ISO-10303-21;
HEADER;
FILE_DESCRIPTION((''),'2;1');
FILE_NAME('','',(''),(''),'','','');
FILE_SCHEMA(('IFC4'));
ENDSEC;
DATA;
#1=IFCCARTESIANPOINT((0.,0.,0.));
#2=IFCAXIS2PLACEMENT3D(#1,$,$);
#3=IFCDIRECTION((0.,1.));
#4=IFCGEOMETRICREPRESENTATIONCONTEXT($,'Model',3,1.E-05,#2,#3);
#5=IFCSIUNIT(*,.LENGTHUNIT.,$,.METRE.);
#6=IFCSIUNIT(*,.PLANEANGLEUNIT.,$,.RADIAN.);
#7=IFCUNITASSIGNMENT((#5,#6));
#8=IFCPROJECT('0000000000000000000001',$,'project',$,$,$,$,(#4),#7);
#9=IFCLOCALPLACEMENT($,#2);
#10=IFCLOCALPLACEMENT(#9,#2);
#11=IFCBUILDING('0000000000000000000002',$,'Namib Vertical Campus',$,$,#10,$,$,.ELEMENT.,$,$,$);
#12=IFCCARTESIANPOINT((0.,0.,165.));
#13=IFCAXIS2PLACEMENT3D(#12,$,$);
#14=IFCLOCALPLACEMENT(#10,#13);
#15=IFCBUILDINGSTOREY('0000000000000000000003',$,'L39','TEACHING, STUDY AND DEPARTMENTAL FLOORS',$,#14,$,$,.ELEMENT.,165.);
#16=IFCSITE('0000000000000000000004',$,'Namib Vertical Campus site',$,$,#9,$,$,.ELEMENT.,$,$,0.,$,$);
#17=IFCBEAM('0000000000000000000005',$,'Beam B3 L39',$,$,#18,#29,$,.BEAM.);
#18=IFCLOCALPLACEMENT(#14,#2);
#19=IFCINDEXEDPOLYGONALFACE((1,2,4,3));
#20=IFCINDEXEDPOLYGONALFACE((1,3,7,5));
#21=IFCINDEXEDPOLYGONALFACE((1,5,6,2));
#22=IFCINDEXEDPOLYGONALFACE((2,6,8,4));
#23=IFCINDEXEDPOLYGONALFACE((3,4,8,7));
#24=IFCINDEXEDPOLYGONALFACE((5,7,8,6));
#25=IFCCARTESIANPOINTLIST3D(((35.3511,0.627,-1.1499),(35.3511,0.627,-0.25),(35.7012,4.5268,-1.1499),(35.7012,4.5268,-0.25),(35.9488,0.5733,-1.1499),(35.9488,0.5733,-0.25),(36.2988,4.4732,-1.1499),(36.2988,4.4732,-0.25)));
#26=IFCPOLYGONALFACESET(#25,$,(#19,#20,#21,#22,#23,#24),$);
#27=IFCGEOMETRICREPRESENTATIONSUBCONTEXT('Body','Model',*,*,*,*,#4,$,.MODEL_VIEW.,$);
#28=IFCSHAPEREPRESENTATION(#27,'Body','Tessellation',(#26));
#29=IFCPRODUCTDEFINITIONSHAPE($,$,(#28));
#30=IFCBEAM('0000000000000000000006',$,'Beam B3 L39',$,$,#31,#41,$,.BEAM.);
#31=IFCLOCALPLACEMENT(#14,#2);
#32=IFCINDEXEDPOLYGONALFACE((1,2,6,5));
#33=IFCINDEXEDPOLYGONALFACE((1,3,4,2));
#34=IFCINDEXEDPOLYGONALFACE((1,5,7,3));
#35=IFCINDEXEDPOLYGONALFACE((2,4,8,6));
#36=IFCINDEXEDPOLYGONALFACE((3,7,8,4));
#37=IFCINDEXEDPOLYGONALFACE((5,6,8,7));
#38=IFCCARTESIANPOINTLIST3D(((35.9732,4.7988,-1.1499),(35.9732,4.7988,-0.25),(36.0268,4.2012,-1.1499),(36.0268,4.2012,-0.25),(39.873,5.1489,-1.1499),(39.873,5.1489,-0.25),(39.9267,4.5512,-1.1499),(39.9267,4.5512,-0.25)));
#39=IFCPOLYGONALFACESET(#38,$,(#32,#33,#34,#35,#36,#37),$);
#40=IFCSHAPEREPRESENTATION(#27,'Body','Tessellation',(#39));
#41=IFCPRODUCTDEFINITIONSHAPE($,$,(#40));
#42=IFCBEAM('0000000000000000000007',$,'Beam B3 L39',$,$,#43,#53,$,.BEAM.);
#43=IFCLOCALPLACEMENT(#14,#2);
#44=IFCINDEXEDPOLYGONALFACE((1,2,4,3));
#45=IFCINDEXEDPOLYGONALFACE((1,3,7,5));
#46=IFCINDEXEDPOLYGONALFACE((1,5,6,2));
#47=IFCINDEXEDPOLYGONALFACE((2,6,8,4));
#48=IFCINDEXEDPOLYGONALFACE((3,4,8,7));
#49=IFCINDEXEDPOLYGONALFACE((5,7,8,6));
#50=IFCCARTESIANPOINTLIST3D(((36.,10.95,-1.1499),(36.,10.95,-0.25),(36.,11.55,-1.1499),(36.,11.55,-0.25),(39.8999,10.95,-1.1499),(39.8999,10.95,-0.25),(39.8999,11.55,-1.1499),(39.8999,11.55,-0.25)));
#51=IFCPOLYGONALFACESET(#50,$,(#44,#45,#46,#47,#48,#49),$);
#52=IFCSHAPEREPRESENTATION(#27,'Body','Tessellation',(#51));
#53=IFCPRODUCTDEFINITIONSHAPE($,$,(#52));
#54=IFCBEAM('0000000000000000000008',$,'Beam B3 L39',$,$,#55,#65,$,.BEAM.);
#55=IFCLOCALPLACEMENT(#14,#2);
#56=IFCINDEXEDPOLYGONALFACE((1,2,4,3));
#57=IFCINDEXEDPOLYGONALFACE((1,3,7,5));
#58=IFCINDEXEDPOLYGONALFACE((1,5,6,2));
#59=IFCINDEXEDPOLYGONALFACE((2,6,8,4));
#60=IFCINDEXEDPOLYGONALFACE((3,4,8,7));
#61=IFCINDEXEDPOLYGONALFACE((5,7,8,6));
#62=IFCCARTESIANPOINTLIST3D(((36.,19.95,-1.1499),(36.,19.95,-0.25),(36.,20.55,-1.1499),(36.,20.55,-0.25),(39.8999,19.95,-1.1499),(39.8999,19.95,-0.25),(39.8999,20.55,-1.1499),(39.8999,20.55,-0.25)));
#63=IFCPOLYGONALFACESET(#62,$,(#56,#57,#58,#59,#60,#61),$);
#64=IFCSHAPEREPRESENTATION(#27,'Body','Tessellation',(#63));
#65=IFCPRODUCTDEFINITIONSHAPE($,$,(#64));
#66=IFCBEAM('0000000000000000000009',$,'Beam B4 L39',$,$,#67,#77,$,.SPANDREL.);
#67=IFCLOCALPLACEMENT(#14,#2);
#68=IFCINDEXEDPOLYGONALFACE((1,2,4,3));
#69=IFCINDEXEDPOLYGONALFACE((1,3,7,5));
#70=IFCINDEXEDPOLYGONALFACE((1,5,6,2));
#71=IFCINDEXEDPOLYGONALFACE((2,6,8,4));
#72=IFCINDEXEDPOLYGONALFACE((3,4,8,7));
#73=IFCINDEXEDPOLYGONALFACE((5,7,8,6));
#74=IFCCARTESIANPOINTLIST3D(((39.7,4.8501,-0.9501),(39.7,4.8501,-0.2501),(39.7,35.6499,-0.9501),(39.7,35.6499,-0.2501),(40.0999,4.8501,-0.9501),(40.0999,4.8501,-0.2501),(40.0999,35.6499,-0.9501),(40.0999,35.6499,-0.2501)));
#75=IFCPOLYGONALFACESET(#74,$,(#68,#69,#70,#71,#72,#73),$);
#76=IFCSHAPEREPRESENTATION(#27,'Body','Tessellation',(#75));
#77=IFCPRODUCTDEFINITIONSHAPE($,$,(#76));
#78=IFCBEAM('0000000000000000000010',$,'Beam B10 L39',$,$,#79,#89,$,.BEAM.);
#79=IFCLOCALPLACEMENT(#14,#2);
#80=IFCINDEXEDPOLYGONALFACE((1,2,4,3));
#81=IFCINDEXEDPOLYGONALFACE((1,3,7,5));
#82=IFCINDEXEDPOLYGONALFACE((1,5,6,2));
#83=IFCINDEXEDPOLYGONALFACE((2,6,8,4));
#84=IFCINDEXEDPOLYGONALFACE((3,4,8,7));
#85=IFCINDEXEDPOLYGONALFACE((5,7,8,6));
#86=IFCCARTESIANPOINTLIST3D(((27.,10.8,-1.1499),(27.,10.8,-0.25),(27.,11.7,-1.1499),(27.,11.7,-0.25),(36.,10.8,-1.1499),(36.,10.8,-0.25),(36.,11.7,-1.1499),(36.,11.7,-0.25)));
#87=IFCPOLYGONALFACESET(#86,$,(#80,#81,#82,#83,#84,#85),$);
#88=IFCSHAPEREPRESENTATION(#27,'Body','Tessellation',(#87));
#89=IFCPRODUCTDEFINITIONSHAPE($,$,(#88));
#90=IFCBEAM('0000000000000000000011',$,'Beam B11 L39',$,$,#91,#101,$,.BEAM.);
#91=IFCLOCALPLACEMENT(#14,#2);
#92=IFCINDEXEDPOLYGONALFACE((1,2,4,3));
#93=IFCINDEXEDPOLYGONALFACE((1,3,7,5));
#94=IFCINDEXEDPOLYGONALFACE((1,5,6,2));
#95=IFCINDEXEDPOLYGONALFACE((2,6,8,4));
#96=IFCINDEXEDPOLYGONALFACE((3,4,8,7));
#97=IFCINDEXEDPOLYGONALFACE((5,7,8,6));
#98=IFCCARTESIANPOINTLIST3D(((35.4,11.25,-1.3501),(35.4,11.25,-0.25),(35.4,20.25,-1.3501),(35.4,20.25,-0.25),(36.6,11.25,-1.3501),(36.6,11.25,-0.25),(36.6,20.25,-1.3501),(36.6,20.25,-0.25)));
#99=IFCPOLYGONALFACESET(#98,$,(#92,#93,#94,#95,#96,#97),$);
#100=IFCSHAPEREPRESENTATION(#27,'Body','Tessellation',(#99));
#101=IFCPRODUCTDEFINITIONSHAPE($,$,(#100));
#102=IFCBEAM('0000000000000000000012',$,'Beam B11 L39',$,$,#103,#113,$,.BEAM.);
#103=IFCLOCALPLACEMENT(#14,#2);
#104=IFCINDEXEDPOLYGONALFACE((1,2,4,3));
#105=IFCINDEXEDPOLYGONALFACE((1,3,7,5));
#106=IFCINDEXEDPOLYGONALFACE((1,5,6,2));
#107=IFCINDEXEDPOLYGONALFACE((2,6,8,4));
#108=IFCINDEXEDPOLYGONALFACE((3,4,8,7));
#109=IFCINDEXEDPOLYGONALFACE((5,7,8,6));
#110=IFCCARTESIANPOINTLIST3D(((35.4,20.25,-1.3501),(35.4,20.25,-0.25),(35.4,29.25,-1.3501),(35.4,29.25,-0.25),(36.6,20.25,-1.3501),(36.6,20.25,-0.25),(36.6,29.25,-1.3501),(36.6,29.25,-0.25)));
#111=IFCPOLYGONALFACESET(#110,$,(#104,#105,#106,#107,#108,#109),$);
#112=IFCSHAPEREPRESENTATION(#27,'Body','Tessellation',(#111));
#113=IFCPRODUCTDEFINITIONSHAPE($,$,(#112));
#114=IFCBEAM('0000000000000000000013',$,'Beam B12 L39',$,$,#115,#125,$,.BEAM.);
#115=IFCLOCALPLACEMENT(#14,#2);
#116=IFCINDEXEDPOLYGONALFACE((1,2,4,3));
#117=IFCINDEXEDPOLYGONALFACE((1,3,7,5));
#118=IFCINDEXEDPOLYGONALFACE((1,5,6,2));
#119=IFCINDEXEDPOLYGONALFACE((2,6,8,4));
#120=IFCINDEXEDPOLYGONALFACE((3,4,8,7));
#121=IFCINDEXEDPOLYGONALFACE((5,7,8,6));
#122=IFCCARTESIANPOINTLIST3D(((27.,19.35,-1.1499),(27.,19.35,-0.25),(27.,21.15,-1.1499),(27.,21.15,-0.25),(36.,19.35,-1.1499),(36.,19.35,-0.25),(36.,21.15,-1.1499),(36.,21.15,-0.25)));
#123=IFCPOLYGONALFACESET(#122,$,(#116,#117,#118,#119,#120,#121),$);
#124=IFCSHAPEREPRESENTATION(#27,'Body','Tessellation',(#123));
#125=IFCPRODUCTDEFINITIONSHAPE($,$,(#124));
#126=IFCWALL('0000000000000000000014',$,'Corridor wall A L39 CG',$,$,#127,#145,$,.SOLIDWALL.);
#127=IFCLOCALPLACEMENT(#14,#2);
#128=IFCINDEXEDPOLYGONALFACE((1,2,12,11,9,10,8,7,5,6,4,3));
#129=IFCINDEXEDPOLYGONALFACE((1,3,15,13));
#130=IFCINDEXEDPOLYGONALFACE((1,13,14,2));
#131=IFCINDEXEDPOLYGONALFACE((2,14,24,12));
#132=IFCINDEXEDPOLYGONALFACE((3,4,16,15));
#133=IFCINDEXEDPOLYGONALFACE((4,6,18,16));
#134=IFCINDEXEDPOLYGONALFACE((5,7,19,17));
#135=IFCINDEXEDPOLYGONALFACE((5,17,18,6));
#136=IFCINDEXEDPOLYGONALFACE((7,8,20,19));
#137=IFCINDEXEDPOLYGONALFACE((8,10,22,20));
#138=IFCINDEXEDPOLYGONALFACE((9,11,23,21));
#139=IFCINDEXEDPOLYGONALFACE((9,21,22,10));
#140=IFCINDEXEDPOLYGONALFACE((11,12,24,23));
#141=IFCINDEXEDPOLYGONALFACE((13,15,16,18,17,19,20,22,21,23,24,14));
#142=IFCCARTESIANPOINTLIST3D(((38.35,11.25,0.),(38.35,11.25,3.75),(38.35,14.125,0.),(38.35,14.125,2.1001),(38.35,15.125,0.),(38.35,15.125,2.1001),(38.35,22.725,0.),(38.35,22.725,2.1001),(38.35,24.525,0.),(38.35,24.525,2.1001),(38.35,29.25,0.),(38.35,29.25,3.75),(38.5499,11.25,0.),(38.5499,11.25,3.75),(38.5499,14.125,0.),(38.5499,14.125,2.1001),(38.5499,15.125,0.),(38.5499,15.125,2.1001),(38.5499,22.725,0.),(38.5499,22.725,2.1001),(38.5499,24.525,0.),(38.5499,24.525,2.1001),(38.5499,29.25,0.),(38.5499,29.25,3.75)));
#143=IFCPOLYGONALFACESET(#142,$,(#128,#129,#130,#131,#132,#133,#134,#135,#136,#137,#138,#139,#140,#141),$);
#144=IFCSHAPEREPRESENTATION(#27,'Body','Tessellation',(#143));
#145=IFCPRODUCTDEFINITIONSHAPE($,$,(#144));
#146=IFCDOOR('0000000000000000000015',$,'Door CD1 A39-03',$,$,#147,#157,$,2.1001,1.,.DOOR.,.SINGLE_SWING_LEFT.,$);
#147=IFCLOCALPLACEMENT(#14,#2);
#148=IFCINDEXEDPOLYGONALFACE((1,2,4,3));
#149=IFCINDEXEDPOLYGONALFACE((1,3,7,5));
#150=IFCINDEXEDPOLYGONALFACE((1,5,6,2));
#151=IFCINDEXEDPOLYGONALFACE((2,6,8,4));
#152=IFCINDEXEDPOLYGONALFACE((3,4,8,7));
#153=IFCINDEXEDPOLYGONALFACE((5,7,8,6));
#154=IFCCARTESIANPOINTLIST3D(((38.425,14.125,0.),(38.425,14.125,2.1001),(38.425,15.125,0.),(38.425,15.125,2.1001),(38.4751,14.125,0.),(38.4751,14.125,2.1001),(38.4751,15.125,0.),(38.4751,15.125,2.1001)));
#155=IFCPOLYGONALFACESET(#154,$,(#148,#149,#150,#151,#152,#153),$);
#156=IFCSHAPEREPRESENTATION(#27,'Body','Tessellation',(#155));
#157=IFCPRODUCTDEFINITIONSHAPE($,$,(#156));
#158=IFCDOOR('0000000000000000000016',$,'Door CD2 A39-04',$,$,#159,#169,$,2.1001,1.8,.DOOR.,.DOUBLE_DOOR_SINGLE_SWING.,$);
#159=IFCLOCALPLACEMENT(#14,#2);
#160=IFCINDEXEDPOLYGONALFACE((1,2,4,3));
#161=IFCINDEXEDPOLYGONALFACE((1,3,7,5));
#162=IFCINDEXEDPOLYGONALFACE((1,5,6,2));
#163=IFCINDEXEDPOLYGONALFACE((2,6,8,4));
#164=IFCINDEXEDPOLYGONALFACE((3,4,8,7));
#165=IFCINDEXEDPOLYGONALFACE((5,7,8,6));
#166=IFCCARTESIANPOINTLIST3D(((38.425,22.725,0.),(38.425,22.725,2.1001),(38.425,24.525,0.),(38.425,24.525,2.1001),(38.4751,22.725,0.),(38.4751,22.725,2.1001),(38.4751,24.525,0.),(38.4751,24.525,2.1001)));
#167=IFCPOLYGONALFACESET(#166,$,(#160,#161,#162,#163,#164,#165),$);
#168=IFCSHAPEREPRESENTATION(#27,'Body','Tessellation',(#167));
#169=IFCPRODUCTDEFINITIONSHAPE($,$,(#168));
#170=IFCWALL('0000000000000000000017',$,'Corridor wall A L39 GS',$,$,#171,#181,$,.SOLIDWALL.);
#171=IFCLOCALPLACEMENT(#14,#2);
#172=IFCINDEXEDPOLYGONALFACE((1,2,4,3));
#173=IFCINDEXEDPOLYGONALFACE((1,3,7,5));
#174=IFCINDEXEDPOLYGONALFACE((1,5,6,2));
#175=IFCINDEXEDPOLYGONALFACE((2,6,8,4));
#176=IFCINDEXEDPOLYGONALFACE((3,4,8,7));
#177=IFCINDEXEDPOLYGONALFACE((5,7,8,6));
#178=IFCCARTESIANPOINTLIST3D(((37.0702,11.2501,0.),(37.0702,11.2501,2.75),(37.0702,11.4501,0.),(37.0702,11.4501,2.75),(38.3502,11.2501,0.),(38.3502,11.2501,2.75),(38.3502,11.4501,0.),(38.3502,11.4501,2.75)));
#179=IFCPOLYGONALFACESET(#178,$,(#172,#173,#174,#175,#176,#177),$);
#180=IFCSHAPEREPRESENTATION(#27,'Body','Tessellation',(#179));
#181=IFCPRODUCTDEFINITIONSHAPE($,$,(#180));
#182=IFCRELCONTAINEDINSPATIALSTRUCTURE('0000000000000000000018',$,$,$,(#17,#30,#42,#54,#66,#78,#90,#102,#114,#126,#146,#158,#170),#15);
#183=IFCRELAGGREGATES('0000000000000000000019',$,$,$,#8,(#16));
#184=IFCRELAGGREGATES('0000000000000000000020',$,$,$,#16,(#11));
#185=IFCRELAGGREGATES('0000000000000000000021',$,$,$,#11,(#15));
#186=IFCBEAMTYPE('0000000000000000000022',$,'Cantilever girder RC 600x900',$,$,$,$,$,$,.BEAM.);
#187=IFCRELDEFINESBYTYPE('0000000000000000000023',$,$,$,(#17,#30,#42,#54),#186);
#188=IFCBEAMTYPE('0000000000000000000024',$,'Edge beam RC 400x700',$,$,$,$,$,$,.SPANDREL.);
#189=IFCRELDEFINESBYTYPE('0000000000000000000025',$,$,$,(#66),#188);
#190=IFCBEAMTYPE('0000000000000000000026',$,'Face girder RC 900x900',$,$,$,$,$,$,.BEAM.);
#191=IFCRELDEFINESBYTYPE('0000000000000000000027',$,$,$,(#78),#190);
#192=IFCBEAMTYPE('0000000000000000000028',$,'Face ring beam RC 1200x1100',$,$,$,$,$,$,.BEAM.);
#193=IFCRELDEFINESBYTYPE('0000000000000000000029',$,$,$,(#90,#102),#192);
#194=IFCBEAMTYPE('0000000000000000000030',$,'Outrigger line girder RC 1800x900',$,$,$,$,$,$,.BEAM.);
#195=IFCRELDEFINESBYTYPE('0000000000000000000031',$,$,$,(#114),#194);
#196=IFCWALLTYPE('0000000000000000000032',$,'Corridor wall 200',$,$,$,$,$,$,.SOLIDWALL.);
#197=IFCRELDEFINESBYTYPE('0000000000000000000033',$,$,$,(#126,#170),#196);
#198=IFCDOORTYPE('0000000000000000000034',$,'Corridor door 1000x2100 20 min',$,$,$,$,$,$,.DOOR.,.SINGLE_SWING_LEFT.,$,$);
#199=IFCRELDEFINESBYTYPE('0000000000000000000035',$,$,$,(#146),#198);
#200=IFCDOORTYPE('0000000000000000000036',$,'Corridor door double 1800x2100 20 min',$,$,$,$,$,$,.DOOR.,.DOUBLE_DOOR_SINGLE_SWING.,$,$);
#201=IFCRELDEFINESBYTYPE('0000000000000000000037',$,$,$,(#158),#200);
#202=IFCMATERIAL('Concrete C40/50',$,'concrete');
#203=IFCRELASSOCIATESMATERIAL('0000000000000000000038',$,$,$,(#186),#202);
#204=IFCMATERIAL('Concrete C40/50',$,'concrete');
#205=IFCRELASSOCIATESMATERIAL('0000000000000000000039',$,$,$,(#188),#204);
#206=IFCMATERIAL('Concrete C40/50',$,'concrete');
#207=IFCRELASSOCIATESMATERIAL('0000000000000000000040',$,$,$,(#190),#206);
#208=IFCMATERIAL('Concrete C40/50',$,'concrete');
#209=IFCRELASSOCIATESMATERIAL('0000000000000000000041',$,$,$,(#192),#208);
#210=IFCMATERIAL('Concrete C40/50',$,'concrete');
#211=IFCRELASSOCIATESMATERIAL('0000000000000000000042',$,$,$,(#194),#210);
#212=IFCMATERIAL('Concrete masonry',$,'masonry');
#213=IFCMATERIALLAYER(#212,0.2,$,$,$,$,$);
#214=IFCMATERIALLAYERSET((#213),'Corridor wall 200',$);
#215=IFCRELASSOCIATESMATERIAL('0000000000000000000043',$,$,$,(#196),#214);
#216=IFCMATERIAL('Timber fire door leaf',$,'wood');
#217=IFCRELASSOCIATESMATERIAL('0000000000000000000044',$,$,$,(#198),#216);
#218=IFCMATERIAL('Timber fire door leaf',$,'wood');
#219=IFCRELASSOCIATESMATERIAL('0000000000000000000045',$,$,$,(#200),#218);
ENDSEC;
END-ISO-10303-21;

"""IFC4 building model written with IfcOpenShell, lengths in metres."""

from ifc_helpers import new_model, si_unit, direction, frame, frame_2d, origin, origin_2d, place, context, subcontext, project, spatial, rectangle, extrude, material, layer, layer_set, material_profile, profile_set, type_object, element, fill, save


model = new_model("IFC4")

# Units and contexts
model_context = context("Model", 3, precision=1e-05, world=origin(), true_north=direction((0.0, 1.0)))
body_context = subcontext(model_context, "Body", "Model", "MODEL_VIEW")
ifc_project = project(units=[si_unit("LENGTHUNIT", "METRE"), si_unit("PLANEANGLEUNIT", "RADIAN")], contexts=[model_context])

# Site, building, storey
site_placement = place(None, origin())
site = spatial("IfcSite", under=ifc_project, at=site_placement, Name="Namib Vertical Campus site", CompositionType="ELEMENT", RefElevation=0.0)
building_placement = place(site_placement, origin())
building = spatial("IfcBuilding", under=site, at=building_placement, Name="Namib Vertical Campus", CompositionType="ELEMENT")
storey_placement = place(building_placement, frame((0.0, 0.0, 165.0)))
storey = spatial("IfcBuildingStorey", under=building, at=storey_placement, Name="L39", Description="TEACHING, STUDY AND DEPARTMENTAL FLOORS", CompositionType="ELEMENT", Elevation=165.0)

# Beams
ifc_material_1 = material(Name="Concrete C40/50", Category="concrete")
ifc_material_profile_1 = material_profile(ifc_material_1, rectangle(XDim=0.6001, YDim=0.8999, at=origin_2d()))
ifc_profile_set_1 = profile_set([ifc_material_profile_1], Name="Concrete C40/50")
beam_type_1 = type_object("IfcBeamType", Name="Cantilever girder RC 600x900", PredefinedType="BEAM", material=ifc_profile_set_1)
for number, where, z_axis, x_axis, name in (
    (1, (36.0, 4.5, -0.7), (-0.089411, -0.995995, 0.0), (0.995995, -0.089411, 0.0), "Beam B3 L39"),
    (2, (36.0, 4.5, -0.7), (0.995995, 0.089411, 0.0), (-0.089411, 0.995995, 0.0), "Beam B3 L39"),
):
    element("IfcBeam", number, at=place(storey_placement, frame(where, z_axis=z_axis, x_axis=x_axis)), inside=storey, type_object=beam_type_1, Name=name, PredefinedType="BEAM", context=body_context, shape_type="SweptSolid", body=[
        extrude(rectangle(XDim=0.6001, YDim=0.8999, at=origin_2d()), origin(), (0.0, 0.0, 1.0), 3.9155),
    ])
for number, where, z_axis, x_axis, name in (
    (3, (36.0, 11.25, -0.7), (1.0, 0.0, 0.0), (0.0, 1.0, 0.0), "Beam B3 L39"),
    (4, (36.0, 20.25, -0.7), (1.0, 0.0, 0.0), (0.0, 1.0, 0.0), "Beam B3 L39"),
):
    element("IfcBeam", number, at=place(storey_placement, frame(where, z_axis=z_axis, x_axis=x_axis)), inside=storey, type_object=beam_type_1, Name=name, PredefinedType="BEAM", context=body_context, shape_type="SweptSolid", body=[
        extrude(rectangle(XDim=0.6001, YDim=0.8999, at=origin_2d()), origin(), (0.0, 0.0, 1.0), 3.8999),
    ])
ifc_material_2 = material(Name="Concrete C40/50", Category="concrete")
ifc_material_profile_2 = material_profile(ifc_material_2, rectangle(XDim=0.3999, YDim=0.7, at=origin_2d()))
ifc_profile_set_2 = profile_set([ifc_material_profile_2], Name="Concrete C40/50")
beam_type_2 = type_object("IfcBeamType", Name="Edge beam RC 400x700", PredefinedType="SPANDREL", material=ifc_profile_set_2)
beam_1_placement = place(storey_placement, frame((39.8999, 4.8501, -0.6001), z_axis=(0.0, 1.0, 0.0), x_axis=(-1.0, 0.0, 0.0)))
element("IfcBeam", 5, at=beam_1_placement, inside=storey, type_object=beam_type_2, Name="Beam B4 L39", PredefinedType="SPANDREL", context=body_context, shape_type="SweptSolid", body=[
    extrude(rectangle(XDim=0.3999, YDim=0.7, at=origin_2d()), origin(), (0.0, 0.0, 1.0), 30.7998),
])
ifc_material_3 = material(Name="Concrete C40/50", Category="concrete")
ifc_material_profile_3 = material_profile(ifc_material_3, rectangle(XDim=0.8999, YDim=0.8999, at=origin_2d()))
ifc_profile_set_3 = profile_set([ifc_material_profile_3], Name="Concrete C40/50")
beam_type_3 = type_object("IfcBeamType", Name="Face girder RC 900x900", PredefinedType="BEAM", material=ifc_profile_set_3)
beam_2_placement = place(storey_placement, frame((36.0, 11.25, -0.7), z_axis=(-1.0, 0.0, 0.0), x_axis=(0.0, -1.0, 0.0)))
element("IfcBeam", 6, at=beam_2_placement, inside=storey, type_object=beam_type_3, Name="Beam B10 L39", PredefinedType="BEAM", context=body_context, shape_type="SweptSolid", body=[
    extrude(rectangle(XDim=0.8999, YDim=0.8999, at=origin_2d()), origin(), (0.0, 0.0, 1.0), 9.0),
])
ifc_material_4 = material(Name="Concrete C40/50", Category="concrete")
ifc_material_profile_4 = material_profile(ifc_material_4, rectangle(XDim=1.2, YDim=1.1001, at=origin_2d()))
ifc_profile_set_4 = profile_set([ifc_material_profile_4], Name="Concrete C40/50")
beam_type_4 = type_object("IfcBeamType", Name="Face ring beam RC 1200x1100", PredefinedType="BEAM", material=ifc_profile_set_4)
for number, where, z_axis, x_axis, name in (
    (7, (36.0, 11.25, -0.8), (0.0, 1.0, 0.0), (-1.0, 0.0, 0.0), "Beam B11 L39"),
    (8, (36.0, 20.25, -0.8), (0.0, 1.0, 0.0), (-1.0, 0.0, 0.0), "Beam B11 L39"),
):
    element("IfcBeam", number, at=place(storey_placement, frame(where, z_axis=z_axis, x_axis=x_axis)), inside=storey, type_object=beam_type_4, Name=name, PredefinedType="BEAM", context=body_context, shape_type="SweptSolid", body=[
        extrude(rectangle(XDim=1.2, YDim=1.1001, at=origin_2d()), origin(), (0.0, 0.0, 1.0), 9.0),
    ])
ifc_material_5 = material(Name="Concrete C40/50", Category="concrete")
ifc_material_profile_5 = material_profile(ifc_material_5, rectangle(XDim=1.8, YDim=0.8999, at=origin_2d()))
ifc_profile_set_5 = profile_set([ifc_material_profile_5], Name="Concrete C40/50")
beam_type_5 = type_object("IfcBeamType", Name="Outrigger line girder RC 1800x900", PredefinedType="BEAM", material=ifc_profile_set_5)
beam_3_placement = place(storey_placement, frame((36.0, 20.25, -0.7), z_axis=(-1.0, 0.0, 0.0), x_axis=(0.0, -1.0, 0.0)))
element("IfcBeam", 9, at=beam_3_placement, inside=storey, type_object=beam_type_5, Name="Beam B12 L39", PredefinedType="BEAM", context=body_context, shape_type="SweptSolid", body=[
    extrude(rectangle(XDim=1.8, YDim=0.8999, at=origin_2d()), origin(), (0.0, 0.0, 1.0), 9.0),
])

# Wall, openings, doors
ifc_material_6 = material(Name="Concrete masonry", Category="masonry")
ifc_layer_1 = layer(ifc_material_6, 0.2)
ifc_layer_set_1 = layer_set([ifc_layer_1], Name="Corridor wall 200")
wall_type_1 = type_object("IfcWallType", Name="Corridor wall 200", PredefinedType="SOLIDWALL", material=ifc_layer_set_1)
wall_1_placement = place(storey_placement, frame((38.45, 11.25, 0.0), z_axis=(0.0, 0.0, 1.0), x_axis=(0.0, 1.0, 0.0)))
wall_1 = element("IfcWall", 10, at=wall_1_placement, inside=storey, type_object=wall_type_1, Name="Corridor wall A L39 CG", PredefinedType="SOLIDWALL", context=body_context, shape_type="SweptSolid", body=[
    extrude(rectangle(XDim=18.0, YDim=0.2, at=frame_2d((9.0, 0.0))), origin(), (0.0, 0.0, 1.0), 3.75),
])
opening_1_placement = place(wall_1_placement, frame((2.875, 0.0, 0.0)))
opening_1 = element("IfcOpeningElement", 11, at=opening_1_placement, cuts=wall_1, PredefinedType="OPENING", context=body_context, shape_type="SweptSolid", body=[
    extrude(rectangle(XDim=1.0, YDim=2.1001, at=frame_2d((0.5, 1.05))), frame((0.0, 0.1099, 0.0), z_axis=(0.0, -1.0, 0.0), x_axis=(1.0, 0.0, 0.0)), (0.0, 0.0, 1.0), 0.22),
])
opening_2_placement = place(wall_1_placement, frame((11.4751, 0.0, 0.0)))
opening_2 = element("IfcOpeningElement", 12, at=opening_2_placement, cuts=wall_1, PredefinedType="OPENING", context=body_context, shape_type="SweptSolid", body=[
    extrude(rectangle(XDim=1.8, YDim=2.1001, at=frame_2d((0.8999, 1.05))), frame((0.0, 0.1099, 0.0), z_axis=(0.0, -1.0, 0.0), x_axis=(1.0, 0.0, 0.0)), (0.0, 0.0, 1.0), 0.22),
])
ifc_material_7 = material(Name="Timber fire door leaf", Category="wood")
door_type_1 = type_object("IfcDoorType", Name="Corridor door 1000x2100 20 min", OperationType="SINGLE_SWING_LEFT", PredefinedType="DOOR", material=ifc_material_7)
door_1_placement = place(opening_1_placement, origin())
door_1 = element("IfcDoor", 13, at=door_1_placement, inside=storey, type_object=door_type_1, Name="Door CD1 A39-03", OperationType="SINGLE_SWING_LEFT", OverallHeight=2.1001, OverallWidth=1.0, PredefinedType="DOOR", context=body_context, shape_type="SweptSolid", body=[
    extrude(rectangle(XDim=1.0, YDim=2.1001, at=frame_2d((0.5, 1.05))), frame((0.0, 0.0249, 0.0), z_axis=(0.0, -1.0, 0.0), x_axis=(1.0, 0.0, 0.0)), (0.0, 0.0, 1.0), 0.05),
])
fill(opening_1, door_1)
ifc_material_8 = material(Name="Timber fire door leaf", Category="wood")
door_type_2 = type_object("IfcDoorType", Name="Corridor door double 1800x2100 20 min", OperationType="DOUBLE_DOOR_SINGLE_SWING", PredefinedType="DOOR", material=ifc_material_8)
door_2_placement = place(opening_2_placement, origin())
door_2 = element("IfcDoor", 14, at=door_2_placement, inside=storey, type_object=door_type_2, Name="Door CD2 A39-04", OperationType="DOUBLE_DOOR_SINGLE_SWING", OverallHeight=2.1001, OverallWidth=1.8, PredefinedType="DOOR", context=body_context, shape_type="SweptSolid", body=[
    extrude(rectangle(XDim=1.8, YDim=2.1001, at=frame_2d((0.8999, 1.05))), frame((0.0, 0.0249, 0.0), z_axis=(0.0, -1.0, 0.0), x_axis=(1.0, 0.0, 0.0)), (0.0, 0.0, 1.0), 0.05),
])
fill(opening_2, door_2)

# Wall
wall_2_placement = place(storey_placement, frame((37.0701, 11.3501, 0.0), z_axis=(0.0, 0.0, 1.0), x_axis=(1.0, 0.0, 0.0)))
element("IfcWall", 15, at=wall_2_placement, inside=storey, type_object=wall_type_1, Name="Corridor wall A L39 GS", PredefinedType="SOLIDWALL", context=body_context, shape_type="SweptSolid", body=[
    extrude(rectangle(XDim=1.28, YDim=0.2, at=frame_2d((0.6401, 0.0))), origin(), (0.0, 0.0, 1.0), 2.75),
])

save(model, "model.ifc")
